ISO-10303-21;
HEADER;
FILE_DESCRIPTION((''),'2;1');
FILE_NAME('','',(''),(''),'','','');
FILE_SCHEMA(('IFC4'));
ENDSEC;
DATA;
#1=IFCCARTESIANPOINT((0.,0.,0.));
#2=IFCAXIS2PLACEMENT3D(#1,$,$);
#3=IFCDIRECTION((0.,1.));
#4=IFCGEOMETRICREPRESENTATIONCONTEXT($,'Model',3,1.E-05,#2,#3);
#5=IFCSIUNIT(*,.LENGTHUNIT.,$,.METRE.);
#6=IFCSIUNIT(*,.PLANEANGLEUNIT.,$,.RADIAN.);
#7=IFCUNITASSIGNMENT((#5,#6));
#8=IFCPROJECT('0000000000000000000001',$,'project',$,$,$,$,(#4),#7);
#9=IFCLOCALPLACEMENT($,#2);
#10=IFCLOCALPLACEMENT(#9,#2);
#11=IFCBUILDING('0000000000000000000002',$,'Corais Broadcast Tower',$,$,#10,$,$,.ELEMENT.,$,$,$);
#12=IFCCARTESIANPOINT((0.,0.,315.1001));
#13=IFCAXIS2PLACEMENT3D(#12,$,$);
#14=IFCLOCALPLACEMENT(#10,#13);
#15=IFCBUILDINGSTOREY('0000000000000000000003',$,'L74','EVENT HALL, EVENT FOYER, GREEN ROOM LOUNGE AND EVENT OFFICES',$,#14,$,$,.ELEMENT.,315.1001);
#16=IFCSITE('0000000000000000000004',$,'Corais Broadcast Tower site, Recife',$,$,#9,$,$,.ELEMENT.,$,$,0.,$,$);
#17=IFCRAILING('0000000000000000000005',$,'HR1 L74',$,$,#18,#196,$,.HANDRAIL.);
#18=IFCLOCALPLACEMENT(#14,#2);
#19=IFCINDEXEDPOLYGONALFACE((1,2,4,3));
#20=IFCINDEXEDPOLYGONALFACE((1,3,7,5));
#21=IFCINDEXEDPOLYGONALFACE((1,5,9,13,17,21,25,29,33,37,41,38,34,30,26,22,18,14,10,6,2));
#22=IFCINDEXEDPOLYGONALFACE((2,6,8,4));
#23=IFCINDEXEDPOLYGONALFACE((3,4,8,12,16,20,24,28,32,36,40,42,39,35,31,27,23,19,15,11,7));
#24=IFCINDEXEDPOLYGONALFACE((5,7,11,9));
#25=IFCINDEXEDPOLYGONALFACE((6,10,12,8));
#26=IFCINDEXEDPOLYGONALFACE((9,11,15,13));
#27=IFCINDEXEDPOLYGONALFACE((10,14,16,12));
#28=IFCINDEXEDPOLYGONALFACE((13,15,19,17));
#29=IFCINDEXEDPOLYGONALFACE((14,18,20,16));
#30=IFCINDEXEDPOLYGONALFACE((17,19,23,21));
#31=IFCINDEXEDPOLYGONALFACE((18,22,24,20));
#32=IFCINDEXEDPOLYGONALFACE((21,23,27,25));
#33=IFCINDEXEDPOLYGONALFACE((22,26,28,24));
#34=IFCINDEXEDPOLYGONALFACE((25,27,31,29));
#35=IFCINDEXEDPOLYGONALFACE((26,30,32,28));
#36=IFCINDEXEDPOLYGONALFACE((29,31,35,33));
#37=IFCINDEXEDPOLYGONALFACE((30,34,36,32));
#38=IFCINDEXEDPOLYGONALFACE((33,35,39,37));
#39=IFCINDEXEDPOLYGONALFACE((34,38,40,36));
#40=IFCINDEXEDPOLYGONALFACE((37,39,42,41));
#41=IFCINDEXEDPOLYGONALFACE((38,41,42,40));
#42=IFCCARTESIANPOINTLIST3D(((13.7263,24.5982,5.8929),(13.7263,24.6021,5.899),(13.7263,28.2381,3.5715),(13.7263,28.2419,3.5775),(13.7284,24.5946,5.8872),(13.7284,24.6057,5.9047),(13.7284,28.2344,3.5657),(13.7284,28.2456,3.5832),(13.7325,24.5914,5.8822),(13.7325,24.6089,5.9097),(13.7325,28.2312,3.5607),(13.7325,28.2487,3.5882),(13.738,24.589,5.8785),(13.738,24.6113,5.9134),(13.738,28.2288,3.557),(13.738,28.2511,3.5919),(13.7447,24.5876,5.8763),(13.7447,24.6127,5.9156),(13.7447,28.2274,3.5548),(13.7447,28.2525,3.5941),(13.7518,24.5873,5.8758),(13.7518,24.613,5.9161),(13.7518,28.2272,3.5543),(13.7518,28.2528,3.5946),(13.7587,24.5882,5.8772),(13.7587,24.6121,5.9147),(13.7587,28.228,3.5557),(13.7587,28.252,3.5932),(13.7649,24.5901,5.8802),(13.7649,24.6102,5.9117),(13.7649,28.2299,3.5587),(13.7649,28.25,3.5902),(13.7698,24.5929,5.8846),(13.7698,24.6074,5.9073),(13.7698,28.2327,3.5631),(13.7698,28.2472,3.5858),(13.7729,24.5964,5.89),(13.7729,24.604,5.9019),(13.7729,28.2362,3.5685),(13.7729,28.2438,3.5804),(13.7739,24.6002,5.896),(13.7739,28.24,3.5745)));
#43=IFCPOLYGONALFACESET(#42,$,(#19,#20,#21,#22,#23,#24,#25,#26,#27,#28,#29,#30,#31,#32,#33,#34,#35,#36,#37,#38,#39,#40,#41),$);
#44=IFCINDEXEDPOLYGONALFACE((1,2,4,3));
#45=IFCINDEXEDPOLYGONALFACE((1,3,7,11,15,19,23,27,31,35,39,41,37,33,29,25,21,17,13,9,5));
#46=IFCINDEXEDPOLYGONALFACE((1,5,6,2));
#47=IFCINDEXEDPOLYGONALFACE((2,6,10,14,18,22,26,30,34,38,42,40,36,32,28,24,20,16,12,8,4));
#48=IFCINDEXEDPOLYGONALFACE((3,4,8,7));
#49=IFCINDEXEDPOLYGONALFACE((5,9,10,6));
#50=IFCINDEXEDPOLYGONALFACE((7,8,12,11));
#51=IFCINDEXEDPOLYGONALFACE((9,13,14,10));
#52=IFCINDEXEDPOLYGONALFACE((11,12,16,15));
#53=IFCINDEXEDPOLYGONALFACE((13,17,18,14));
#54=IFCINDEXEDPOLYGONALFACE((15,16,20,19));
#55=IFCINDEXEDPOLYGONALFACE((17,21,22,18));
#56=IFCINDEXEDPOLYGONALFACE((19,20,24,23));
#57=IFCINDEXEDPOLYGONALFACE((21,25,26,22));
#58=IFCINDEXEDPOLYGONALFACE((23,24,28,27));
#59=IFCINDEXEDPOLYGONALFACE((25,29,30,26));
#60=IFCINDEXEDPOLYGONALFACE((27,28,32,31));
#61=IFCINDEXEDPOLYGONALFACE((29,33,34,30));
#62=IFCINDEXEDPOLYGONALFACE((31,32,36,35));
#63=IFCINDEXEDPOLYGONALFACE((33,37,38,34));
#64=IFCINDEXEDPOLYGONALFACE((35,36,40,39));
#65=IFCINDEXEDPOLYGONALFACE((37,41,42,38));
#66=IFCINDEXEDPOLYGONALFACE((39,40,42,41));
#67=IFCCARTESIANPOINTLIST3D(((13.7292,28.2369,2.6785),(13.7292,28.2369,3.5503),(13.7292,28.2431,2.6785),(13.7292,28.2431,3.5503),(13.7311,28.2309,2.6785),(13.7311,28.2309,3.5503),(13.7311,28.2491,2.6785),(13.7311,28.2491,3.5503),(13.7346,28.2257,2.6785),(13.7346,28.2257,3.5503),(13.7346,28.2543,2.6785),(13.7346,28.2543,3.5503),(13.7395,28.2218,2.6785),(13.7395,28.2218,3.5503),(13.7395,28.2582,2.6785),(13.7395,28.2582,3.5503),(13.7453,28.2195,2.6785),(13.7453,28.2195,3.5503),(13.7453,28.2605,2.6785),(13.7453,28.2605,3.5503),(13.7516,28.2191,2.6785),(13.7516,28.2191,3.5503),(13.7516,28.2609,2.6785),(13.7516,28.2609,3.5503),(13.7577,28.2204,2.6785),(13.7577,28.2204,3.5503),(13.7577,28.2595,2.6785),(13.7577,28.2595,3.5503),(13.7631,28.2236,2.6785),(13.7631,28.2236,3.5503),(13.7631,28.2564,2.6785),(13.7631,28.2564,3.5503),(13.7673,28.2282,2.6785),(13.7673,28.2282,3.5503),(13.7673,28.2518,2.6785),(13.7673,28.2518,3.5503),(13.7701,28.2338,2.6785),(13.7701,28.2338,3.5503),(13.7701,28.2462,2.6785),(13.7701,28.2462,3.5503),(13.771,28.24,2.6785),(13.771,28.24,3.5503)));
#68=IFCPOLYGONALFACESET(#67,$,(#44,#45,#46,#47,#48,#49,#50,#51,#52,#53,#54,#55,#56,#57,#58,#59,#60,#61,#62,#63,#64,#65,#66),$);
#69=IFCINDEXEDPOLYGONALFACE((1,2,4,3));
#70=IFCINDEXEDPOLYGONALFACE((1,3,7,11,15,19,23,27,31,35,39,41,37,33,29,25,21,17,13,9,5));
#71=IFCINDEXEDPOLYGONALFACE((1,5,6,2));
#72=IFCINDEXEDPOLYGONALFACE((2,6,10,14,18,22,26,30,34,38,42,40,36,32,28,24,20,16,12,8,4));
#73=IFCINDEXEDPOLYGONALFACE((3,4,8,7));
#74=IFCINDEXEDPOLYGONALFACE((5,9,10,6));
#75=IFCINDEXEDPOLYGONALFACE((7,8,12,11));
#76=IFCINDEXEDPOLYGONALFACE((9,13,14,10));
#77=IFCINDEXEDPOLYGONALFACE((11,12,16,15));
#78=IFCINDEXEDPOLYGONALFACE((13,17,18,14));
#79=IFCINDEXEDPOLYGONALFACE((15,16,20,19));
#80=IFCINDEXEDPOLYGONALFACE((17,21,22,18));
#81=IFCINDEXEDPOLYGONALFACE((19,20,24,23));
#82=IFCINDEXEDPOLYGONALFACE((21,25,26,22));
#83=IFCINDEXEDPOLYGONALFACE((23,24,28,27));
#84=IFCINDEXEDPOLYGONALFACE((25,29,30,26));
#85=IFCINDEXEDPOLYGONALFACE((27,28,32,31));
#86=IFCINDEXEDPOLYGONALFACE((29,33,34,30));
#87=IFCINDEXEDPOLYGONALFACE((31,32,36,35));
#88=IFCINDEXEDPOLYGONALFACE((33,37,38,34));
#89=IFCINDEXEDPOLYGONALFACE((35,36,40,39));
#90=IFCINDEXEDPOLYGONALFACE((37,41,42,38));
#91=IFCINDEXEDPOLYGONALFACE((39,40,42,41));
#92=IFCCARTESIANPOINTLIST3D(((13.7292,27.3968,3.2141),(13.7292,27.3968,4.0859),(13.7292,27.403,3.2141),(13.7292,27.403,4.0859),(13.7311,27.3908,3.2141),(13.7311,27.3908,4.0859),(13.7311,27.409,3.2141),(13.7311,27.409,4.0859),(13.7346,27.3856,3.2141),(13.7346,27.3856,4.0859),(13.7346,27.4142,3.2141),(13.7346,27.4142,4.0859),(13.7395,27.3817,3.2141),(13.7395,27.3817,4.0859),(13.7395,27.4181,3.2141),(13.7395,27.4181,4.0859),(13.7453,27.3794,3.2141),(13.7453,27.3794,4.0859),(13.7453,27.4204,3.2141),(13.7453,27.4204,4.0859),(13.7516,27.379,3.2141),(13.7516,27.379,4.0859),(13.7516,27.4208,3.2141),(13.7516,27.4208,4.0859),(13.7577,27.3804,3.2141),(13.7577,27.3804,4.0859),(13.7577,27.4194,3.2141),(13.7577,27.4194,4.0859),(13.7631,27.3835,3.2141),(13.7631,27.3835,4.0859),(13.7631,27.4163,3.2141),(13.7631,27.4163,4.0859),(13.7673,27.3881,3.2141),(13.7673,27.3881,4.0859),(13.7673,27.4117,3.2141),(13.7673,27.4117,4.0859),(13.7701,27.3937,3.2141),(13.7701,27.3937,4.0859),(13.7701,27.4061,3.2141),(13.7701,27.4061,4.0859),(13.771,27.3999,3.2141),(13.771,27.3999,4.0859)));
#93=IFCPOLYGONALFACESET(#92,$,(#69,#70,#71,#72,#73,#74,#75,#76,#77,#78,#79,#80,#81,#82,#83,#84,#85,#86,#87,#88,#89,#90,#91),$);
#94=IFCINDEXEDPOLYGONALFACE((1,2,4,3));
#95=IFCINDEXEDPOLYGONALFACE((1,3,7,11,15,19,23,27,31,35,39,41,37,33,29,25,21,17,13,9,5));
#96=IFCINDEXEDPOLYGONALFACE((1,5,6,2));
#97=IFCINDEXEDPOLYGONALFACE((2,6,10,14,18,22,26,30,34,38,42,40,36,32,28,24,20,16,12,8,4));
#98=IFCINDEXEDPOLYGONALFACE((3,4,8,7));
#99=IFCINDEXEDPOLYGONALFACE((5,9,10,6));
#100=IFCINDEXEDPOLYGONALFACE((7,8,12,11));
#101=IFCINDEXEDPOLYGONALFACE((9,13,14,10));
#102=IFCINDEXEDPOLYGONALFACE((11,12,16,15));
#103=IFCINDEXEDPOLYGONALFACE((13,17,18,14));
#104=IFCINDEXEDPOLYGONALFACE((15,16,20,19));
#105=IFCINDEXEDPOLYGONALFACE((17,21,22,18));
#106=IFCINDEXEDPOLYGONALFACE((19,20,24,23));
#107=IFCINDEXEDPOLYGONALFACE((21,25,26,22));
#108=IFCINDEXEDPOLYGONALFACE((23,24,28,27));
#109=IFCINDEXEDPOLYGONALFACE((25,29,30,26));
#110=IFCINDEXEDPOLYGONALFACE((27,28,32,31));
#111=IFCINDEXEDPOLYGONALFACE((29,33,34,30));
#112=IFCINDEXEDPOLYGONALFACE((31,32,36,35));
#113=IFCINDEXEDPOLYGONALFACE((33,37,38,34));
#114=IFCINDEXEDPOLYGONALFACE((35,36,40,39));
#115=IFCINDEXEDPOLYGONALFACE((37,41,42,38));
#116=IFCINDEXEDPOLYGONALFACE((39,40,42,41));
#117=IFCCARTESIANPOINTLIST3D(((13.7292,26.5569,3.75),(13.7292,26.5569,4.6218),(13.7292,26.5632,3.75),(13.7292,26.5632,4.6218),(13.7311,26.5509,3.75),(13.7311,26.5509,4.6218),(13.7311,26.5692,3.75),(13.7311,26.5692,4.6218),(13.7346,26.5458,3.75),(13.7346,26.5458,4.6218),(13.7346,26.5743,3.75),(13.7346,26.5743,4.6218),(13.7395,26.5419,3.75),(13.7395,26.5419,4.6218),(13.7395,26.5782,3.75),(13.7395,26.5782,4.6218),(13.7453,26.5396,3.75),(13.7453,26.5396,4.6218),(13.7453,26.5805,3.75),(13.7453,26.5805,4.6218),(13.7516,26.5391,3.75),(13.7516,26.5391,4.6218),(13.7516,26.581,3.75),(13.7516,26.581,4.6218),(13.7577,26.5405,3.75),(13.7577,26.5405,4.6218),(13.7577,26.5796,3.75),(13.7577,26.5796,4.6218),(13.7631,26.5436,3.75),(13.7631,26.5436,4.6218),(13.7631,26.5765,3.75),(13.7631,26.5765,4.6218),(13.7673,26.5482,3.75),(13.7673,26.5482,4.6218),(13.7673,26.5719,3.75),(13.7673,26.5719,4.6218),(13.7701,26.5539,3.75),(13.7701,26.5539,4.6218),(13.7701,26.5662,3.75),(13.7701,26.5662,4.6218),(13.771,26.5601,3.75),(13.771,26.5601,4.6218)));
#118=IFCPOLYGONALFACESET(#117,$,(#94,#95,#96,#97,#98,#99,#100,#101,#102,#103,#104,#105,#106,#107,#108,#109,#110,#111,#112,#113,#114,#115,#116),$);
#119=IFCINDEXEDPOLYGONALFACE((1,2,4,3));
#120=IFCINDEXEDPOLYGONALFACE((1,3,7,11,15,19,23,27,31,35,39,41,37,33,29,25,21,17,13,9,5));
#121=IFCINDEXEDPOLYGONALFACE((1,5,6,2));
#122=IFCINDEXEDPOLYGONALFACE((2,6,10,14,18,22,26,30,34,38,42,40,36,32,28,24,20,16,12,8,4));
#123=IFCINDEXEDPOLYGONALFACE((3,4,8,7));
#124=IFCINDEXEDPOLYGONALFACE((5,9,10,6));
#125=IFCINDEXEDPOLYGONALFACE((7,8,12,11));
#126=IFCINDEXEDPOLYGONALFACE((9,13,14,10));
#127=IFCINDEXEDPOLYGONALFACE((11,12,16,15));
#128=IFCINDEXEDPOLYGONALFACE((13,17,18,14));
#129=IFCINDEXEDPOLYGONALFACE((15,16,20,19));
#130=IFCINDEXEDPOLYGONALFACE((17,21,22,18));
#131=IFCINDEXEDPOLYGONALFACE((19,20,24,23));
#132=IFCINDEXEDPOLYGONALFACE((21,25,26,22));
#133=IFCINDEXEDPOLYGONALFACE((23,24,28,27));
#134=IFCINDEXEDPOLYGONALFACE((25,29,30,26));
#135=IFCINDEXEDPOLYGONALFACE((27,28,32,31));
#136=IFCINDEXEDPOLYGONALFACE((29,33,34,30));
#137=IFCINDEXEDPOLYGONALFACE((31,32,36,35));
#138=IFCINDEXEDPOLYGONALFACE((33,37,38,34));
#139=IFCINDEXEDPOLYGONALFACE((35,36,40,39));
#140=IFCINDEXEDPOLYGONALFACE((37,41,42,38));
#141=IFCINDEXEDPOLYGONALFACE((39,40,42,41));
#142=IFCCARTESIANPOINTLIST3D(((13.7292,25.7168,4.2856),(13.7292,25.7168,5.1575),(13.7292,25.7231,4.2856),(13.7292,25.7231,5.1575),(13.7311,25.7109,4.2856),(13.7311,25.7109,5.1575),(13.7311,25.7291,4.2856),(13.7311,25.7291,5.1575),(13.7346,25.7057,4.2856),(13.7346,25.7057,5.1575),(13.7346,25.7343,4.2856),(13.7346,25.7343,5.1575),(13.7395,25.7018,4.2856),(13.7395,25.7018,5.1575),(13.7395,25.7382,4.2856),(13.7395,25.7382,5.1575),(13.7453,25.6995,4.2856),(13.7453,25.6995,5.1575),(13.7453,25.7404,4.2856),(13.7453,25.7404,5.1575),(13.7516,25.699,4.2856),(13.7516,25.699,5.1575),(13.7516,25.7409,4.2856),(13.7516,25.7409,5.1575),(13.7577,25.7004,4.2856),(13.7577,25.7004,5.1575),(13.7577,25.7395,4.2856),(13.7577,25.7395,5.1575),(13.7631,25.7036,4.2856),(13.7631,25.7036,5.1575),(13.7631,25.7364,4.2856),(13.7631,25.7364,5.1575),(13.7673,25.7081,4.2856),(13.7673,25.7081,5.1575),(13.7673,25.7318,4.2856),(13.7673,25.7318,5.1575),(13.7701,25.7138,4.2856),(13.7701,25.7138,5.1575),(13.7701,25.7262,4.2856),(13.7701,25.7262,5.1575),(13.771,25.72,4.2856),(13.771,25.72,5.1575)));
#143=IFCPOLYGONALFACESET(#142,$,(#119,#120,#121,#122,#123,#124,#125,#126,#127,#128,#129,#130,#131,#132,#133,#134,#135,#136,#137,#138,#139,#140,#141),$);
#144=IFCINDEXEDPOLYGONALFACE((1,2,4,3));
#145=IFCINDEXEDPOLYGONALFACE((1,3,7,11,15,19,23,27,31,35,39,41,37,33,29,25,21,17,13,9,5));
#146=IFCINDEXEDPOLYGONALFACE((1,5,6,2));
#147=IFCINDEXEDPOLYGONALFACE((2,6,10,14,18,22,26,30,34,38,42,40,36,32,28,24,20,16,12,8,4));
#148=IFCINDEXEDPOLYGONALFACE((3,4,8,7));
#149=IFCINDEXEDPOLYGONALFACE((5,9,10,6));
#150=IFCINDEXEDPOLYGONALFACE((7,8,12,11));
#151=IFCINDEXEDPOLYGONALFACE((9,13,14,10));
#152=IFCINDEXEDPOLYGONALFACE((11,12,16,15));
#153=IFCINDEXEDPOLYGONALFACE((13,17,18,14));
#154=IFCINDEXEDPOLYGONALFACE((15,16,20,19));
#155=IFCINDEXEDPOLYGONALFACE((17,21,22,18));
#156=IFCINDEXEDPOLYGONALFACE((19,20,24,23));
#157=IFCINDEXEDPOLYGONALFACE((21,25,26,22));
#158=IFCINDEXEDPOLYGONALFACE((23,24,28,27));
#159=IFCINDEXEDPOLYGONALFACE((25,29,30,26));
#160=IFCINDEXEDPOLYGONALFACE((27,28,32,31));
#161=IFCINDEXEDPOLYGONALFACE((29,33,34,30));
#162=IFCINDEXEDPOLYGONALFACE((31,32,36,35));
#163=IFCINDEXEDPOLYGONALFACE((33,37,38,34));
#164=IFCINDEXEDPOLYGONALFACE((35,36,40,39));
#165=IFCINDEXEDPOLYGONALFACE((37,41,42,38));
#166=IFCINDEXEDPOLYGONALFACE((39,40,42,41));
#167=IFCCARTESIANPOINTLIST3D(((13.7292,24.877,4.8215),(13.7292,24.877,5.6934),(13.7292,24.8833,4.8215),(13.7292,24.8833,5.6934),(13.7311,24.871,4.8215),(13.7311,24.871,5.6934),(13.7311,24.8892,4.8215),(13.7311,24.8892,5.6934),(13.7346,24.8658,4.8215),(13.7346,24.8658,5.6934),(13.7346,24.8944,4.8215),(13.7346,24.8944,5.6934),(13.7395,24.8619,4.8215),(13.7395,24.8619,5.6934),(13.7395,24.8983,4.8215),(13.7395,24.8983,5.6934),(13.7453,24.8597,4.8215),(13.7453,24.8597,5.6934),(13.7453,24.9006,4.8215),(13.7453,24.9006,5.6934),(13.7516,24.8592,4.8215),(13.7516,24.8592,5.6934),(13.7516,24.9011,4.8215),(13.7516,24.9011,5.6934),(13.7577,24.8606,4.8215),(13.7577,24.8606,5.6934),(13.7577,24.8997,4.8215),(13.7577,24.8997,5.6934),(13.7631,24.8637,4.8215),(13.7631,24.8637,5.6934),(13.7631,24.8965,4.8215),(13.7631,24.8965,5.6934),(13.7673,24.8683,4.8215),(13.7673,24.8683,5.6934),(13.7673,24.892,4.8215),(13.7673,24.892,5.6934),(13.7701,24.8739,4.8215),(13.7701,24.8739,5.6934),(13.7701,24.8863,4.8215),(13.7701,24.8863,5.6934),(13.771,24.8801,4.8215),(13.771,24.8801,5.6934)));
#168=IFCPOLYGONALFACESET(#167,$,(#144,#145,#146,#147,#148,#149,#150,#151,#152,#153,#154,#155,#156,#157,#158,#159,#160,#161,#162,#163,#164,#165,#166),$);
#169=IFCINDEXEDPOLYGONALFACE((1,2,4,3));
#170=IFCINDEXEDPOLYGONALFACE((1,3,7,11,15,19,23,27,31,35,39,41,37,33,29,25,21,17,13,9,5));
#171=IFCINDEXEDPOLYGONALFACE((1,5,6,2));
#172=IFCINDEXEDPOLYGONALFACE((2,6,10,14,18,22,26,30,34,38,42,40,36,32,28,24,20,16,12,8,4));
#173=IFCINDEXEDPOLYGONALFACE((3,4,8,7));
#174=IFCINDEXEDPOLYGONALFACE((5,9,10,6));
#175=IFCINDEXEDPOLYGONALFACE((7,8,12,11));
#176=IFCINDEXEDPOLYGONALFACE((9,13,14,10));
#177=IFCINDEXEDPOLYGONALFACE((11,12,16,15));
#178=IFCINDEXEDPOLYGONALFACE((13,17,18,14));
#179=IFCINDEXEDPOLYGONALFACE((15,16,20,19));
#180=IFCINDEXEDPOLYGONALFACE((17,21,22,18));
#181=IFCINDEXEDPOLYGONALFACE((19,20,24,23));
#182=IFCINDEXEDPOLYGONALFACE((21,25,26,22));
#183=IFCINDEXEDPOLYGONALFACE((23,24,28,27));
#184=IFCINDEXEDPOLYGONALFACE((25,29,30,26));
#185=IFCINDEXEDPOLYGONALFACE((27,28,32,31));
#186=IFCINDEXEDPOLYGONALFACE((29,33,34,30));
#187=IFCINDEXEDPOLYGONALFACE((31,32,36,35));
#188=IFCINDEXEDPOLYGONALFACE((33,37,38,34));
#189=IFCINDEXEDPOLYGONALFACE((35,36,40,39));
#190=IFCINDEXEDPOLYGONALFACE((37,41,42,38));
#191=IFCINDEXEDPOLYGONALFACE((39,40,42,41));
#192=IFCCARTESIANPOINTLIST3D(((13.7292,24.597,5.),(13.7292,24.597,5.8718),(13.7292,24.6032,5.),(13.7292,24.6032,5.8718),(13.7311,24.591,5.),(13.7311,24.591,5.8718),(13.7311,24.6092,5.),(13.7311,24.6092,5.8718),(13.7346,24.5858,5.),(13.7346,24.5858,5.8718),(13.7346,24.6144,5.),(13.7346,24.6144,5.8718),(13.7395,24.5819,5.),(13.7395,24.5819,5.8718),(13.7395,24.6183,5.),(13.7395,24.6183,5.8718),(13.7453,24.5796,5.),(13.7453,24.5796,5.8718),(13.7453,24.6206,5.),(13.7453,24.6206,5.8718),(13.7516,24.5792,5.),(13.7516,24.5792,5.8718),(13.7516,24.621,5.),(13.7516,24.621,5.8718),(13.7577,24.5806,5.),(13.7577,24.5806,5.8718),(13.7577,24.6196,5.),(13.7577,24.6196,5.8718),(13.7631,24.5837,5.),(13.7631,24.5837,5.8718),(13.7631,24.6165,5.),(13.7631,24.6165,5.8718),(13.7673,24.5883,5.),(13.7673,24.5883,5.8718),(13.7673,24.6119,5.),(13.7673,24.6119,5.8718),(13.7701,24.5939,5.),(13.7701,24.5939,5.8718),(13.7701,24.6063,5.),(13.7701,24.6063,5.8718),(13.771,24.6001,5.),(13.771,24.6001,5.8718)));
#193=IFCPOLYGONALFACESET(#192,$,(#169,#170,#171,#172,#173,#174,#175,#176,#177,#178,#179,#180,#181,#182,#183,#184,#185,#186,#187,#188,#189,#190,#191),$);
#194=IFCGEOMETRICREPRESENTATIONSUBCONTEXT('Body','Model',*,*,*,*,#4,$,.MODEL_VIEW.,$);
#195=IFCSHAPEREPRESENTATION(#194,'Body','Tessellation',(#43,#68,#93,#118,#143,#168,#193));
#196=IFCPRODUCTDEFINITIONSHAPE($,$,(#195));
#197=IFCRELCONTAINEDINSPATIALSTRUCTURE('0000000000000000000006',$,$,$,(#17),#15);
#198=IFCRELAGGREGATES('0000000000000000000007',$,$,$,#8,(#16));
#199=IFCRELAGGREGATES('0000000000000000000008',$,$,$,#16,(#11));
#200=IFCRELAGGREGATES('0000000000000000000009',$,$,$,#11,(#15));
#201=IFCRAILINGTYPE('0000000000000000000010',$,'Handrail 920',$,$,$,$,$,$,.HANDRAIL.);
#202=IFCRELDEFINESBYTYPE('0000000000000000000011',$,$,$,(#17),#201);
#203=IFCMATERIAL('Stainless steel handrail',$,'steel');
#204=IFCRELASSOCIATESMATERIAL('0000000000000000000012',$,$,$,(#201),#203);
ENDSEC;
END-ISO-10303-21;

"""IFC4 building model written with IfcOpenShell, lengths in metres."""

from ifc_helpers import new_model, si_unit, direction, frame, origin, origin_2d, place, context, subcontext, project, spatial, circle, extrude, material, type_object, element, save


model = new_model("IFC4")

# Units and contexts
model_context = context("Model", 3, precision=1e-05, world=origin(), true_north=direction((0.0, 1.0)))
body_context = subcontext(model_context, "Body", "Model", "MODEL_VIEW")
ifc_project = project(units=[si_unit("LENGTHUNIT", "METRE"), si_unit("PLANEANGLEUNIT", "RADIAN")], contexts=[model_context])

# Site, building, storey
site_placement = place(None, origin())
site = spatial("IfcSite", under=ifc_project, at=site_placement, Name="Corais Broadcast Tower site, Recife", CompositionType="ELEMENT", RefElevation=0.0)
building_placement = place(site_placement, origin())
building = spatial("IfcBuilding", under=site, at=building_placement, Name="Corais Broadcast Tower", CompositionType="ELEMENT")
storey_placement = place(building_placement, frame((0.0, 0.0, 315.1001)))
storey = spatial("IfcBuildingStorey", under=building, at=storey_placement, Name="L74", Description="EVENT HALL, EVENT FOYER, GREEN ROOM LOUNGE AND EVENT OFFICES", CompositionType="ELEMENT", Elevation=315.1001)

# Railing
ifc_material_1 = material(Name="Stainless steel handrail", Category="steel")
railing_type = type_object("IfcRailingType", Name="Handrail 920", PredefinedType="HANDRAIL", material=ifc_material_1)
railing_placement = place(storey_placement, frame((13.75, 28.24, 2.6785)))
element("IfcRailing", 1, at=railing_placement, inside=storey, type_object=railing_type, Name="HR1 L74", PredefinedType="HANDRAIL", context=body_context, shape_type="SweptSolid", body=[
    extrude(circle(Radius=0.0239, at=origin_2d()), frame((0.0, 0.0, 0.896), z_axis=(0.0, -0.843112, 0.537739), x_axis=(1.0, 0.0, 0.0)), (0.0, 0.0, 1.0), 4.3171),
    extrude(circle(Radius=0.021, at=origin_2d()), origin(), (0.0, 0.0, 1.0), 0.8718),
    extrude(circle(Radius=0.021, at=origin_2d()), frame((0.0, -0.8401, 0.5356)), (0.0, 0.0, 1.0), 0.8718),
    extrude(circle(Radius=0.021, at=origin_2d()), frame((0.0, -1.6799, 1.0715)), (0.0, 0.0, 1.0), 0.8718),
    extrude(circle(Radius=0.021, at=origin_2d()), frame((0.0, -2.52, 1.6072)), (0.0, 0.0, 1.0), 0.8718),
    extrude(circle(Radius=0.021, at=origin_2d()), frame((0.0, -3.3599, 2.1431)), (0.0, 0.0, 1.0), 0.8718),
    extrude(circle(Radius=0.021, at=origin_2d()), frame((0.0, -3.6399, 2.3215)), (0.0, 0.0, 1.0), 0.8718),
])

save(model, "model.ifc")
